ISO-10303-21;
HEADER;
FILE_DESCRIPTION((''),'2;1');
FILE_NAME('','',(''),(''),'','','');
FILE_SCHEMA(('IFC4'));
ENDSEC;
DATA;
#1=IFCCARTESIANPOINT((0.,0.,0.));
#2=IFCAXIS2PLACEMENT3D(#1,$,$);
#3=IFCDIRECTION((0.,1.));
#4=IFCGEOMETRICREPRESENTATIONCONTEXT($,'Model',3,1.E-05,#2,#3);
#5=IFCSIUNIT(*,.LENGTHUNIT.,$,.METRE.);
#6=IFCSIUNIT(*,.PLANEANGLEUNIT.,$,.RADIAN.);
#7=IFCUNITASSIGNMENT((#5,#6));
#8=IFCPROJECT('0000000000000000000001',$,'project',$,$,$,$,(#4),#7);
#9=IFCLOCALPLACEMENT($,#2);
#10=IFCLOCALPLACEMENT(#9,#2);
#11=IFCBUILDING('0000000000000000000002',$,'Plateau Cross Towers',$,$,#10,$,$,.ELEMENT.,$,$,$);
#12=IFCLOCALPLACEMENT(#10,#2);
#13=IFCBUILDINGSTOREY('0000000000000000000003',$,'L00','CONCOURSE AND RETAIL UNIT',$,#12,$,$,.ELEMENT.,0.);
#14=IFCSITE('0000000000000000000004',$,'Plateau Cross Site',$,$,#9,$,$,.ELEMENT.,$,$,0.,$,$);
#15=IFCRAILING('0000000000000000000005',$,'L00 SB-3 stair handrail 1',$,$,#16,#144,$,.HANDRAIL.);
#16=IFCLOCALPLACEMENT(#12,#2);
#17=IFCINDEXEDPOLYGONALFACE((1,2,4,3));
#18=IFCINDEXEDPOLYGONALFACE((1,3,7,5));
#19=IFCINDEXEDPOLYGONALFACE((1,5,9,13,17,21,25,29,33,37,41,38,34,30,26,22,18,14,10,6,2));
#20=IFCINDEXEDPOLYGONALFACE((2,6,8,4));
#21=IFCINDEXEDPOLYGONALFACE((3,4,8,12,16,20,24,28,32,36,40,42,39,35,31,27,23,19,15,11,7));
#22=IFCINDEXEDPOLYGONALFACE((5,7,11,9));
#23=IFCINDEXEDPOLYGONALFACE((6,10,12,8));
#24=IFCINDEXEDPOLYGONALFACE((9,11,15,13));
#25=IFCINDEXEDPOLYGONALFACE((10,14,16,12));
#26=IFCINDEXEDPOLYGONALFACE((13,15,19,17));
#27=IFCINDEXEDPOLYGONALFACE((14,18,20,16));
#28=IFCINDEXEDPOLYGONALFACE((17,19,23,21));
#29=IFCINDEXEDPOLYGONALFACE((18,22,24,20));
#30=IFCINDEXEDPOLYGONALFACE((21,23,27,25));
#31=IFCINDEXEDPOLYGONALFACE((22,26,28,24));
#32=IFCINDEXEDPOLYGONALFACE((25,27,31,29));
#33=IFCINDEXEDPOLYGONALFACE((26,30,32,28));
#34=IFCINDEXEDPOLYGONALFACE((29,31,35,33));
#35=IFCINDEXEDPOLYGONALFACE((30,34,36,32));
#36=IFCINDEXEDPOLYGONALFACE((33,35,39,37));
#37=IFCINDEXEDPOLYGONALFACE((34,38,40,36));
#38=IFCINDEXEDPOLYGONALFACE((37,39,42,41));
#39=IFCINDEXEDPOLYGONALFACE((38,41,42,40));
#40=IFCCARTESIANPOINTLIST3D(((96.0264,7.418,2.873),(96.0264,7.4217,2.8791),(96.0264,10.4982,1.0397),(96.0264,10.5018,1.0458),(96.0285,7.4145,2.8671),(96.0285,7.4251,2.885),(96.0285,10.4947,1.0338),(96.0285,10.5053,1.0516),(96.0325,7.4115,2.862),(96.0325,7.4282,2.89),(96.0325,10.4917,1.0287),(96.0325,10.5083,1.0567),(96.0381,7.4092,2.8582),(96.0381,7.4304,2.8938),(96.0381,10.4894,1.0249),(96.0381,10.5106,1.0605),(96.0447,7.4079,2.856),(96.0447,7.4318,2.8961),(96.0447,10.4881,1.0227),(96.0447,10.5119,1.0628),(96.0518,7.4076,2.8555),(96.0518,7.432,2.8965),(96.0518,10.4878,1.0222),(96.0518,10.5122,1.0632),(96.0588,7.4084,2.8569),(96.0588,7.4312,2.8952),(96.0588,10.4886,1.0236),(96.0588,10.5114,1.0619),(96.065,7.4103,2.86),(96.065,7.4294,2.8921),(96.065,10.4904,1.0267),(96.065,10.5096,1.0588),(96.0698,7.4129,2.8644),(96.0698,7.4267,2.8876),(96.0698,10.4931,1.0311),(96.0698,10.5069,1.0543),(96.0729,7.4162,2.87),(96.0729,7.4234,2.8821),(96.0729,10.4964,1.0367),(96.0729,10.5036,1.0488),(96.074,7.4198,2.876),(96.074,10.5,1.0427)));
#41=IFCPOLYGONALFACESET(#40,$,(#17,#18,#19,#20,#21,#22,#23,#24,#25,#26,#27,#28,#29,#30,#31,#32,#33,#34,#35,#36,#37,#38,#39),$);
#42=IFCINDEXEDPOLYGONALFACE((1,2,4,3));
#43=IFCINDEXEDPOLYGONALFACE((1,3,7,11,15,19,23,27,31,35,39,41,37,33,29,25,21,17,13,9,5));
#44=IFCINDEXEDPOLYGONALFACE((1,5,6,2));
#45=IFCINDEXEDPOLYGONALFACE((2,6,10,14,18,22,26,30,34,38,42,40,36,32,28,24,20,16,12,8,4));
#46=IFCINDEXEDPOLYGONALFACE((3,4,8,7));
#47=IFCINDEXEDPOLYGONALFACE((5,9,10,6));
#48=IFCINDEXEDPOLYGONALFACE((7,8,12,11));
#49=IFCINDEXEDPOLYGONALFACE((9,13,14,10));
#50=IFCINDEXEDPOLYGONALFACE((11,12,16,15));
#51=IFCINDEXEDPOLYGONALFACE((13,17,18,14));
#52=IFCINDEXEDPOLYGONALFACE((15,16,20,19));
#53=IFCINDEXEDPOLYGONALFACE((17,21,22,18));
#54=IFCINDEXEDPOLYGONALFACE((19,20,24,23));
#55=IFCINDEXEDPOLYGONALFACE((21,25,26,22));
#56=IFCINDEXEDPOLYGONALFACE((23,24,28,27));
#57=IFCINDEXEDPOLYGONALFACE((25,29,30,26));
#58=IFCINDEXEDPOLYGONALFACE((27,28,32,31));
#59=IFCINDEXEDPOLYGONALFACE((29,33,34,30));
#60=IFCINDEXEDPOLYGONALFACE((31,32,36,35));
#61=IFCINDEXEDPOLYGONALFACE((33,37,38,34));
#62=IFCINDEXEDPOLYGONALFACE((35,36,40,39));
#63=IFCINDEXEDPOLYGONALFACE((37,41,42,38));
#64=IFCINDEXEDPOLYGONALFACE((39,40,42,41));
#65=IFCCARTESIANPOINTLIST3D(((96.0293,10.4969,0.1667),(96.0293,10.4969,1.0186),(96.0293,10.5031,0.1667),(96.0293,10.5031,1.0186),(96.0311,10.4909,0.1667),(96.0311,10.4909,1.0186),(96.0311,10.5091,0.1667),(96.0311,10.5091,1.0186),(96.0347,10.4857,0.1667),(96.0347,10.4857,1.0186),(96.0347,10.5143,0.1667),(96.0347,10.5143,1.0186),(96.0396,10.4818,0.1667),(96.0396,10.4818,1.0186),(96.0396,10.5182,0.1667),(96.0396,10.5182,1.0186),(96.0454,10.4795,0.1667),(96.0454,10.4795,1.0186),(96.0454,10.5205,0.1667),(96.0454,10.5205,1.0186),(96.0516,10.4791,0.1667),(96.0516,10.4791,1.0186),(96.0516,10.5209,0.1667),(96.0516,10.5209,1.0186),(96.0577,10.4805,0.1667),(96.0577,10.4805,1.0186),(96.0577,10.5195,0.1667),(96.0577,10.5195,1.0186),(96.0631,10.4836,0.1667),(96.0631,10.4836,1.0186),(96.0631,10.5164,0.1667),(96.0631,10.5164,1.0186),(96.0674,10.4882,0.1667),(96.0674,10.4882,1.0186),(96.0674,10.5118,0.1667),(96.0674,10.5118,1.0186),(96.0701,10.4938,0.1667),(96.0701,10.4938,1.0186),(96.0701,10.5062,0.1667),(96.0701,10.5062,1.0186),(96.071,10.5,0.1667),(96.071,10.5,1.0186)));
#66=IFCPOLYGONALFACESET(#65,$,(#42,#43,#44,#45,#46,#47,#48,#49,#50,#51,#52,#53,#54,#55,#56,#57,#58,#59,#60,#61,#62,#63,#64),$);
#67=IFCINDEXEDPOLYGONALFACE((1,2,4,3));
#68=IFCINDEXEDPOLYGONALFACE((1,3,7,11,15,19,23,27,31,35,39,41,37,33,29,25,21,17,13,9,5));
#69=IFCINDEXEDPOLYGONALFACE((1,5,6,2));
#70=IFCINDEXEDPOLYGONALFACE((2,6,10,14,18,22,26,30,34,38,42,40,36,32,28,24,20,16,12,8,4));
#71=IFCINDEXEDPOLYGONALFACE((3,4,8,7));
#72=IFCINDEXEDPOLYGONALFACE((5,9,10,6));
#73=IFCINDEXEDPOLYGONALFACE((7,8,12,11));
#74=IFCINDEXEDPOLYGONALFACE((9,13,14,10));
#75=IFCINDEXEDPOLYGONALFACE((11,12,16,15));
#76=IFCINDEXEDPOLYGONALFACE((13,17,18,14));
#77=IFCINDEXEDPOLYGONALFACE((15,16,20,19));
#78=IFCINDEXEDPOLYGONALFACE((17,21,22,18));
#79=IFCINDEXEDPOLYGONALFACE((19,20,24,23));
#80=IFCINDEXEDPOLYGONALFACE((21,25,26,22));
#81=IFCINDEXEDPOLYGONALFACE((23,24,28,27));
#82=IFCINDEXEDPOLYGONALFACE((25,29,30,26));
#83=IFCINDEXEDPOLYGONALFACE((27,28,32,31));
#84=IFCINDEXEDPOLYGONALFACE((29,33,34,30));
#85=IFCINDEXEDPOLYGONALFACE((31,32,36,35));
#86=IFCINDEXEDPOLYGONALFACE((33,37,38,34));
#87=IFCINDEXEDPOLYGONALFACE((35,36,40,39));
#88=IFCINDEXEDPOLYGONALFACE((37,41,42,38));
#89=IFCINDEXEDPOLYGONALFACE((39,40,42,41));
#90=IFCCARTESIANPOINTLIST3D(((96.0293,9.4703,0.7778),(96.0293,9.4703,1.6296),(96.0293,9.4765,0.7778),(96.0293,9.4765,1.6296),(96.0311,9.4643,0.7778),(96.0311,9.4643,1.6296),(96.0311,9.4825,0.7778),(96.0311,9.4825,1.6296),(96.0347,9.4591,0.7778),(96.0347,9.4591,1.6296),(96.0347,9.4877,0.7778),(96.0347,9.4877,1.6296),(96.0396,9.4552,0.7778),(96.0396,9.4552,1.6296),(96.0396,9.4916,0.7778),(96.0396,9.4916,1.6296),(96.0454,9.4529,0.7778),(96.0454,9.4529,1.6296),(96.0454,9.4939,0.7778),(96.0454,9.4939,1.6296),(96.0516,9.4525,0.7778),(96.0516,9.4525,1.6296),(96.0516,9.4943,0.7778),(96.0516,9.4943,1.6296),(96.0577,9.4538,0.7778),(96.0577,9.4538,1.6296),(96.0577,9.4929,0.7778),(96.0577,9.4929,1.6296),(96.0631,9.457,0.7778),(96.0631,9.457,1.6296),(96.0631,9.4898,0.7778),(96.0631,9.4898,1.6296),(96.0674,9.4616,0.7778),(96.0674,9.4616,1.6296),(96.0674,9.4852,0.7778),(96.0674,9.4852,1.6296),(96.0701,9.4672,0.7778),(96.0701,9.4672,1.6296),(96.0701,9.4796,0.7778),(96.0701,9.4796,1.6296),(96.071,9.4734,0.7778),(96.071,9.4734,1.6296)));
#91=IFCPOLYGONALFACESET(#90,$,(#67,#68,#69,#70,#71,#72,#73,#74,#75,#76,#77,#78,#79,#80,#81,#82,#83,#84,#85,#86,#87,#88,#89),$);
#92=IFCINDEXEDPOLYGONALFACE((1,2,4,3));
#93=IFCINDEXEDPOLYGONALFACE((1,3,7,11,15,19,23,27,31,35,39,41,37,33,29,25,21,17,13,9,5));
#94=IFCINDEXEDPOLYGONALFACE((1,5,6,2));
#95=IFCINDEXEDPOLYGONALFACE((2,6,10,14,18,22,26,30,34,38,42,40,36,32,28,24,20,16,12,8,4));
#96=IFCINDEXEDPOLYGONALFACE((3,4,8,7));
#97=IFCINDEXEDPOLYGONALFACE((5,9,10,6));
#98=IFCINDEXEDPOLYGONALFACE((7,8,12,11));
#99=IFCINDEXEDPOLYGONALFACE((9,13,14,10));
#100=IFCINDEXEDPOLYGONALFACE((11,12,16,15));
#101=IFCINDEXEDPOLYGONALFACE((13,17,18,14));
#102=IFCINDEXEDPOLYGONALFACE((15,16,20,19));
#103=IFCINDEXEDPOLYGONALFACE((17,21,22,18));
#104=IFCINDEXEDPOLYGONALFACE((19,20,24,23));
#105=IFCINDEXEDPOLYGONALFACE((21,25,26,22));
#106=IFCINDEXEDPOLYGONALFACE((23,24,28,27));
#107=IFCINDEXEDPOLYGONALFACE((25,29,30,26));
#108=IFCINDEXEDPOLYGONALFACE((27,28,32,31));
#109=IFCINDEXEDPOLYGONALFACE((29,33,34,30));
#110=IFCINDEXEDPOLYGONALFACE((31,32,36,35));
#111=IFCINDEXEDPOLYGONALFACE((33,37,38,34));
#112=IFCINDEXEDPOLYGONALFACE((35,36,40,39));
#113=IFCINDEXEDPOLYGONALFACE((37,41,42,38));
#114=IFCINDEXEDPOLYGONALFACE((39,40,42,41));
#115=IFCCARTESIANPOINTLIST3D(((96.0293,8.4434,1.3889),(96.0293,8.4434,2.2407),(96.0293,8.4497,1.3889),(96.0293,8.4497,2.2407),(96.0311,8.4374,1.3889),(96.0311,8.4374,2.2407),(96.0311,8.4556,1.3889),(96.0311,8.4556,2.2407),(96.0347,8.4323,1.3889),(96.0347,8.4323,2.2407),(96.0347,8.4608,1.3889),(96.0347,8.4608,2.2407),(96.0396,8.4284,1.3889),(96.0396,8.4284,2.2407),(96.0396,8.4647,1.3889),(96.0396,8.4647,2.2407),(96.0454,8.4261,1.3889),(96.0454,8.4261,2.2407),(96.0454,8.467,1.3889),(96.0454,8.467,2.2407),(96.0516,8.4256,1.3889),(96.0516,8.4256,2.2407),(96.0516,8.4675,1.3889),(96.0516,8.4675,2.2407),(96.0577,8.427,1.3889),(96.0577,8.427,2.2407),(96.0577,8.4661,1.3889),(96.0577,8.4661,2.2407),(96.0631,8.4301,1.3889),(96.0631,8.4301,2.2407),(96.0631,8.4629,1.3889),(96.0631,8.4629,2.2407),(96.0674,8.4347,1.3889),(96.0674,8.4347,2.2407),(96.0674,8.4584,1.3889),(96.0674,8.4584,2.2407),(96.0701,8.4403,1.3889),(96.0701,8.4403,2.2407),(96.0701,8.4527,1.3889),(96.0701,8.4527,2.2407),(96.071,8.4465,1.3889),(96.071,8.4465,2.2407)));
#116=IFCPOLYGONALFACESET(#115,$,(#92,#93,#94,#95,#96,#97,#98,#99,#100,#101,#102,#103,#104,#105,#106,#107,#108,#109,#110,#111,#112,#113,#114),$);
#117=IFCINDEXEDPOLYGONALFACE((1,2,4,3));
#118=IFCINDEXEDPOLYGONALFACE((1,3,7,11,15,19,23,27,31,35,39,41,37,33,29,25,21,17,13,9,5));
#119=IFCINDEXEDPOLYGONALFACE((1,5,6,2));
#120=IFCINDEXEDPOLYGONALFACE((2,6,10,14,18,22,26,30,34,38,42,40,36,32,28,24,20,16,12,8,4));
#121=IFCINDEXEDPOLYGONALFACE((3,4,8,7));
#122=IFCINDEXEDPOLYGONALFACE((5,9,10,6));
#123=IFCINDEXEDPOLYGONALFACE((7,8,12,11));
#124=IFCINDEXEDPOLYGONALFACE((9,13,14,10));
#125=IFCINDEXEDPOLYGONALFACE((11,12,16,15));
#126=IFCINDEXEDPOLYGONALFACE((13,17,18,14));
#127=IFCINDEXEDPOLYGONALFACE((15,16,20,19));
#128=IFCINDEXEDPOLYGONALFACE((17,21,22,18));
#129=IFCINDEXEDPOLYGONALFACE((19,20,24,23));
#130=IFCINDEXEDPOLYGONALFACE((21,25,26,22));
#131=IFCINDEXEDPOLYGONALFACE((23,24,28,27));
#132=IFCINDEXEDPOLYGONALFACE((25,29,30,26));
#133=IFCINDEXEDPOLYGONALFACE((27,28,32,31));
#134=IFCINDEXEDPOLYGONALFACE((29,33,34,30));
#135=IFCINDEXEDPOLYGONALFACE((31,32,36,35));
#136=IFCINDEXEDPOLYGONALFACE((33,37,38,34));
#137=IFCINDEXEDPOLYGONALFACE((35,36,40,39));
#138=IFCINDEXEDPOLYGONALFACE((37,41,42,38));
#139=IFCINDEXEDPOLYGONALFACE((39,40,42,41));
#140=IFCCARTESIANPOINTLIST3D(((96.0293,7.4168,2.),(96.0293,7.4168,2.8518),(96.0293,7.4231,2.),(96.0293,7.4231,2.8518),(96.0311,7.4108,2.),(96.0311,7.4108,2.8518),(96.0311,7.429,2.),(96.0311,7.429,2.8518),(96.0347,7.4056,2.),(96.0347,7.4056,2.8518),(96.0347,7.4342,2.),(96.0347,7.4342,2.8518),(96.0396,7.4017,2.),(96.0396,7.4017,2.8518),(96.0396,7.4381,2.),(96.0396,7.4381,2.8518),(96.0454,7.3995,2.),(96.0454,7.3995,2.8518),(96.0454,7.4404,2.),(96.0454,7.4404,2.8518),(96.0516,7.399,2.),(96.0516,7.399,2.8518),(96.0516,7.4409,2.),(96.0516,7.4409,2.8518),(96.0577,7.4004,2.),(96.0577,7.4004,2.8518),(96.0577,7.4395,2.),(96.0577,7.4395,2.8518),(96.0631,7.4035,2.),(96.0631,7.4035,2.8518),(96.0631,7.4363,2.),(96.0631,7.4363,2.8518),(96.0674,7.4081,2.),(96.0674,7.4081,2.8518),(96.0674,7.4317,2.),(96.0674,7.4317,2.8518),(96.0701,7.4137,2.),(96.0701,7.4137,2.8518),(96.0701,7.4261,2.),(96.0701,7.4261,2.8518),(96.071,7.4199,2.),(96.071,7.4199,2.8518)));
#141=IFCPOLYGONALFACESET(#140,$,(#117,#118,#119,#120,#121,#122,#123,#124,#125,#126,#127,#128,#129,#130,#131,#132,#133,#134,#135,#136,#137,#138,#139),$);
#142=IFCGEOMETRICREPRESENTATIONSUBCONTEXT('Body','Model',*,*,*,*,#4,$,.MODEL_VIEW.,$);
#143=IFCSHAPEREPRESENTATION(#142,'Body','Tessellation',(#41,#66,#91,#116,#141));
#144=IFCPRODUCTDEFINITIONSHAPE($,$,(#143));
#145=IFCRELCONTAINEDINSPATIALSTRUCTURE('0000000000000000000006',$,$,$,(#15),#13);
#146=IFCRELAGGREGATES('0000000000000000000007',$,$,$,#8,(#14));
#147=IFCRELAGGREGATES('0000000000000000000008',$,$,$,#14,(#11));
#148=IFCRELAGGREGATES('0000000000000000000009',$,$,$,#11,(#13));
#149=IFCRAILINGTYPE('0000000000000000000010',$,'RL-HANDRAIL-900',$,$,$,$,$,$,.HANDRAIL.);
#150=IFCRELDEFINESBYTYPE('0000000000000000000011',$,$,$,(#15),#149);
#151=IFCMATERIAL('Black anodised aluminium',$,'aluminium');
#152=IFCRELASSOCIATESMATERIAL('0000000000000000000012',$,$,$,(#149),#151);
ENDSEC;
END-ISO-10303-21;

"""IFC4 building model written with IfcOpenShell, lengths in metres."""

from ifc_helpers import new_model, si_unit, direction, frame, origin, origin_2d, place, context, subcontext, project, spatial, circle, extrude, material, type_object, element, save


model = new_model("IFC4")

# Units and contexts
model_context = context("Model", 3, precision=1e-05, world=origin(), true_north=direction((0.0, 1.0)))
body_context = subcontext(model_context, "Body", "Model", "MODEL_VIEW")
ifc_project = project(units=[si_unit("LENGTHUNIT", "METRE"), si_unit("PLANEANGLEUNIT", "RADIAN")], contexts=[model_context])

# Site, building, storey
site_placement = place(None, origin())
site = spatial("IfcSite", under=ifc_project, at=site_placement, Name="Plateau Cross Site", CompositionType="ELEMENT", RefElevation=0.0)
building_placement = place(site_placement, origin())
building = spatial("IfcBuilding", under=site, at=building_placement, Name="Plateau Cross Towers", CompositionType="ELEMENT")
storey_placement = place(building_placement, origin())
storey = spatial("IfcBuildingStorey", under=building, at=storey_placement, Name="L00", Description="CONCOURSE AND RETAIL UNIT", CompositionType="ELEMENT", Elevation=0.0)

# Railing
ifc_material_1 = material(Name="Black anodised aluminium", Category="aluminium")
railing_type_1 = type_object("IfcRailingType", Name="RL-HANDRAIL-900", PredefinedType="HANDRAIL", material=ifc_material_1)
for number, where, name in (
    (1, (96.05, 10.5, 0.1667), "L00 SB-3 stair handrail 1"),
):
    element("IfcRailing", number, at=place(storey_placement, frame(where)), inside=storey, type_object=railing_type_1, Name=name, PredefinedType="HANDRAIL", context=body_context, shape_type="SweptSolid", body=[
        extrude(circle(Radius=0.0239, at=origin_2d()), frame((0.0, 0.0, 0.876), z_axis=(0.0, -0.859309, 0.511458), x_axis=(1.0, 0.0, 0.0)), (0.0, 0.0, 1.0), 3.5845),
        extrude(circle(Radius=0.021, at=origin_2d()), origin(), (0.0, 0.0, 1.0), 0.8518),
        extrude(circle(Radius=0.021, at=origin_2d()), frame((0.0, -1.0266, 0.6111)), (0.0, 0.0, 1.0), 0.8518),
        extrude(circle(Radius=0.021, at=origin_2d()), frame((0.0, -2.0535, 1.2222)), (0.0, 0.0, 1.0), 0.8518),
        extrude(circle(Radius=0.021, at=origin_2d()), frame((0.0, -3.0801, 1.8333)), (0.0, 0.0, 1.0), 0.8518),
    ])

save(model, "model.ifc")
